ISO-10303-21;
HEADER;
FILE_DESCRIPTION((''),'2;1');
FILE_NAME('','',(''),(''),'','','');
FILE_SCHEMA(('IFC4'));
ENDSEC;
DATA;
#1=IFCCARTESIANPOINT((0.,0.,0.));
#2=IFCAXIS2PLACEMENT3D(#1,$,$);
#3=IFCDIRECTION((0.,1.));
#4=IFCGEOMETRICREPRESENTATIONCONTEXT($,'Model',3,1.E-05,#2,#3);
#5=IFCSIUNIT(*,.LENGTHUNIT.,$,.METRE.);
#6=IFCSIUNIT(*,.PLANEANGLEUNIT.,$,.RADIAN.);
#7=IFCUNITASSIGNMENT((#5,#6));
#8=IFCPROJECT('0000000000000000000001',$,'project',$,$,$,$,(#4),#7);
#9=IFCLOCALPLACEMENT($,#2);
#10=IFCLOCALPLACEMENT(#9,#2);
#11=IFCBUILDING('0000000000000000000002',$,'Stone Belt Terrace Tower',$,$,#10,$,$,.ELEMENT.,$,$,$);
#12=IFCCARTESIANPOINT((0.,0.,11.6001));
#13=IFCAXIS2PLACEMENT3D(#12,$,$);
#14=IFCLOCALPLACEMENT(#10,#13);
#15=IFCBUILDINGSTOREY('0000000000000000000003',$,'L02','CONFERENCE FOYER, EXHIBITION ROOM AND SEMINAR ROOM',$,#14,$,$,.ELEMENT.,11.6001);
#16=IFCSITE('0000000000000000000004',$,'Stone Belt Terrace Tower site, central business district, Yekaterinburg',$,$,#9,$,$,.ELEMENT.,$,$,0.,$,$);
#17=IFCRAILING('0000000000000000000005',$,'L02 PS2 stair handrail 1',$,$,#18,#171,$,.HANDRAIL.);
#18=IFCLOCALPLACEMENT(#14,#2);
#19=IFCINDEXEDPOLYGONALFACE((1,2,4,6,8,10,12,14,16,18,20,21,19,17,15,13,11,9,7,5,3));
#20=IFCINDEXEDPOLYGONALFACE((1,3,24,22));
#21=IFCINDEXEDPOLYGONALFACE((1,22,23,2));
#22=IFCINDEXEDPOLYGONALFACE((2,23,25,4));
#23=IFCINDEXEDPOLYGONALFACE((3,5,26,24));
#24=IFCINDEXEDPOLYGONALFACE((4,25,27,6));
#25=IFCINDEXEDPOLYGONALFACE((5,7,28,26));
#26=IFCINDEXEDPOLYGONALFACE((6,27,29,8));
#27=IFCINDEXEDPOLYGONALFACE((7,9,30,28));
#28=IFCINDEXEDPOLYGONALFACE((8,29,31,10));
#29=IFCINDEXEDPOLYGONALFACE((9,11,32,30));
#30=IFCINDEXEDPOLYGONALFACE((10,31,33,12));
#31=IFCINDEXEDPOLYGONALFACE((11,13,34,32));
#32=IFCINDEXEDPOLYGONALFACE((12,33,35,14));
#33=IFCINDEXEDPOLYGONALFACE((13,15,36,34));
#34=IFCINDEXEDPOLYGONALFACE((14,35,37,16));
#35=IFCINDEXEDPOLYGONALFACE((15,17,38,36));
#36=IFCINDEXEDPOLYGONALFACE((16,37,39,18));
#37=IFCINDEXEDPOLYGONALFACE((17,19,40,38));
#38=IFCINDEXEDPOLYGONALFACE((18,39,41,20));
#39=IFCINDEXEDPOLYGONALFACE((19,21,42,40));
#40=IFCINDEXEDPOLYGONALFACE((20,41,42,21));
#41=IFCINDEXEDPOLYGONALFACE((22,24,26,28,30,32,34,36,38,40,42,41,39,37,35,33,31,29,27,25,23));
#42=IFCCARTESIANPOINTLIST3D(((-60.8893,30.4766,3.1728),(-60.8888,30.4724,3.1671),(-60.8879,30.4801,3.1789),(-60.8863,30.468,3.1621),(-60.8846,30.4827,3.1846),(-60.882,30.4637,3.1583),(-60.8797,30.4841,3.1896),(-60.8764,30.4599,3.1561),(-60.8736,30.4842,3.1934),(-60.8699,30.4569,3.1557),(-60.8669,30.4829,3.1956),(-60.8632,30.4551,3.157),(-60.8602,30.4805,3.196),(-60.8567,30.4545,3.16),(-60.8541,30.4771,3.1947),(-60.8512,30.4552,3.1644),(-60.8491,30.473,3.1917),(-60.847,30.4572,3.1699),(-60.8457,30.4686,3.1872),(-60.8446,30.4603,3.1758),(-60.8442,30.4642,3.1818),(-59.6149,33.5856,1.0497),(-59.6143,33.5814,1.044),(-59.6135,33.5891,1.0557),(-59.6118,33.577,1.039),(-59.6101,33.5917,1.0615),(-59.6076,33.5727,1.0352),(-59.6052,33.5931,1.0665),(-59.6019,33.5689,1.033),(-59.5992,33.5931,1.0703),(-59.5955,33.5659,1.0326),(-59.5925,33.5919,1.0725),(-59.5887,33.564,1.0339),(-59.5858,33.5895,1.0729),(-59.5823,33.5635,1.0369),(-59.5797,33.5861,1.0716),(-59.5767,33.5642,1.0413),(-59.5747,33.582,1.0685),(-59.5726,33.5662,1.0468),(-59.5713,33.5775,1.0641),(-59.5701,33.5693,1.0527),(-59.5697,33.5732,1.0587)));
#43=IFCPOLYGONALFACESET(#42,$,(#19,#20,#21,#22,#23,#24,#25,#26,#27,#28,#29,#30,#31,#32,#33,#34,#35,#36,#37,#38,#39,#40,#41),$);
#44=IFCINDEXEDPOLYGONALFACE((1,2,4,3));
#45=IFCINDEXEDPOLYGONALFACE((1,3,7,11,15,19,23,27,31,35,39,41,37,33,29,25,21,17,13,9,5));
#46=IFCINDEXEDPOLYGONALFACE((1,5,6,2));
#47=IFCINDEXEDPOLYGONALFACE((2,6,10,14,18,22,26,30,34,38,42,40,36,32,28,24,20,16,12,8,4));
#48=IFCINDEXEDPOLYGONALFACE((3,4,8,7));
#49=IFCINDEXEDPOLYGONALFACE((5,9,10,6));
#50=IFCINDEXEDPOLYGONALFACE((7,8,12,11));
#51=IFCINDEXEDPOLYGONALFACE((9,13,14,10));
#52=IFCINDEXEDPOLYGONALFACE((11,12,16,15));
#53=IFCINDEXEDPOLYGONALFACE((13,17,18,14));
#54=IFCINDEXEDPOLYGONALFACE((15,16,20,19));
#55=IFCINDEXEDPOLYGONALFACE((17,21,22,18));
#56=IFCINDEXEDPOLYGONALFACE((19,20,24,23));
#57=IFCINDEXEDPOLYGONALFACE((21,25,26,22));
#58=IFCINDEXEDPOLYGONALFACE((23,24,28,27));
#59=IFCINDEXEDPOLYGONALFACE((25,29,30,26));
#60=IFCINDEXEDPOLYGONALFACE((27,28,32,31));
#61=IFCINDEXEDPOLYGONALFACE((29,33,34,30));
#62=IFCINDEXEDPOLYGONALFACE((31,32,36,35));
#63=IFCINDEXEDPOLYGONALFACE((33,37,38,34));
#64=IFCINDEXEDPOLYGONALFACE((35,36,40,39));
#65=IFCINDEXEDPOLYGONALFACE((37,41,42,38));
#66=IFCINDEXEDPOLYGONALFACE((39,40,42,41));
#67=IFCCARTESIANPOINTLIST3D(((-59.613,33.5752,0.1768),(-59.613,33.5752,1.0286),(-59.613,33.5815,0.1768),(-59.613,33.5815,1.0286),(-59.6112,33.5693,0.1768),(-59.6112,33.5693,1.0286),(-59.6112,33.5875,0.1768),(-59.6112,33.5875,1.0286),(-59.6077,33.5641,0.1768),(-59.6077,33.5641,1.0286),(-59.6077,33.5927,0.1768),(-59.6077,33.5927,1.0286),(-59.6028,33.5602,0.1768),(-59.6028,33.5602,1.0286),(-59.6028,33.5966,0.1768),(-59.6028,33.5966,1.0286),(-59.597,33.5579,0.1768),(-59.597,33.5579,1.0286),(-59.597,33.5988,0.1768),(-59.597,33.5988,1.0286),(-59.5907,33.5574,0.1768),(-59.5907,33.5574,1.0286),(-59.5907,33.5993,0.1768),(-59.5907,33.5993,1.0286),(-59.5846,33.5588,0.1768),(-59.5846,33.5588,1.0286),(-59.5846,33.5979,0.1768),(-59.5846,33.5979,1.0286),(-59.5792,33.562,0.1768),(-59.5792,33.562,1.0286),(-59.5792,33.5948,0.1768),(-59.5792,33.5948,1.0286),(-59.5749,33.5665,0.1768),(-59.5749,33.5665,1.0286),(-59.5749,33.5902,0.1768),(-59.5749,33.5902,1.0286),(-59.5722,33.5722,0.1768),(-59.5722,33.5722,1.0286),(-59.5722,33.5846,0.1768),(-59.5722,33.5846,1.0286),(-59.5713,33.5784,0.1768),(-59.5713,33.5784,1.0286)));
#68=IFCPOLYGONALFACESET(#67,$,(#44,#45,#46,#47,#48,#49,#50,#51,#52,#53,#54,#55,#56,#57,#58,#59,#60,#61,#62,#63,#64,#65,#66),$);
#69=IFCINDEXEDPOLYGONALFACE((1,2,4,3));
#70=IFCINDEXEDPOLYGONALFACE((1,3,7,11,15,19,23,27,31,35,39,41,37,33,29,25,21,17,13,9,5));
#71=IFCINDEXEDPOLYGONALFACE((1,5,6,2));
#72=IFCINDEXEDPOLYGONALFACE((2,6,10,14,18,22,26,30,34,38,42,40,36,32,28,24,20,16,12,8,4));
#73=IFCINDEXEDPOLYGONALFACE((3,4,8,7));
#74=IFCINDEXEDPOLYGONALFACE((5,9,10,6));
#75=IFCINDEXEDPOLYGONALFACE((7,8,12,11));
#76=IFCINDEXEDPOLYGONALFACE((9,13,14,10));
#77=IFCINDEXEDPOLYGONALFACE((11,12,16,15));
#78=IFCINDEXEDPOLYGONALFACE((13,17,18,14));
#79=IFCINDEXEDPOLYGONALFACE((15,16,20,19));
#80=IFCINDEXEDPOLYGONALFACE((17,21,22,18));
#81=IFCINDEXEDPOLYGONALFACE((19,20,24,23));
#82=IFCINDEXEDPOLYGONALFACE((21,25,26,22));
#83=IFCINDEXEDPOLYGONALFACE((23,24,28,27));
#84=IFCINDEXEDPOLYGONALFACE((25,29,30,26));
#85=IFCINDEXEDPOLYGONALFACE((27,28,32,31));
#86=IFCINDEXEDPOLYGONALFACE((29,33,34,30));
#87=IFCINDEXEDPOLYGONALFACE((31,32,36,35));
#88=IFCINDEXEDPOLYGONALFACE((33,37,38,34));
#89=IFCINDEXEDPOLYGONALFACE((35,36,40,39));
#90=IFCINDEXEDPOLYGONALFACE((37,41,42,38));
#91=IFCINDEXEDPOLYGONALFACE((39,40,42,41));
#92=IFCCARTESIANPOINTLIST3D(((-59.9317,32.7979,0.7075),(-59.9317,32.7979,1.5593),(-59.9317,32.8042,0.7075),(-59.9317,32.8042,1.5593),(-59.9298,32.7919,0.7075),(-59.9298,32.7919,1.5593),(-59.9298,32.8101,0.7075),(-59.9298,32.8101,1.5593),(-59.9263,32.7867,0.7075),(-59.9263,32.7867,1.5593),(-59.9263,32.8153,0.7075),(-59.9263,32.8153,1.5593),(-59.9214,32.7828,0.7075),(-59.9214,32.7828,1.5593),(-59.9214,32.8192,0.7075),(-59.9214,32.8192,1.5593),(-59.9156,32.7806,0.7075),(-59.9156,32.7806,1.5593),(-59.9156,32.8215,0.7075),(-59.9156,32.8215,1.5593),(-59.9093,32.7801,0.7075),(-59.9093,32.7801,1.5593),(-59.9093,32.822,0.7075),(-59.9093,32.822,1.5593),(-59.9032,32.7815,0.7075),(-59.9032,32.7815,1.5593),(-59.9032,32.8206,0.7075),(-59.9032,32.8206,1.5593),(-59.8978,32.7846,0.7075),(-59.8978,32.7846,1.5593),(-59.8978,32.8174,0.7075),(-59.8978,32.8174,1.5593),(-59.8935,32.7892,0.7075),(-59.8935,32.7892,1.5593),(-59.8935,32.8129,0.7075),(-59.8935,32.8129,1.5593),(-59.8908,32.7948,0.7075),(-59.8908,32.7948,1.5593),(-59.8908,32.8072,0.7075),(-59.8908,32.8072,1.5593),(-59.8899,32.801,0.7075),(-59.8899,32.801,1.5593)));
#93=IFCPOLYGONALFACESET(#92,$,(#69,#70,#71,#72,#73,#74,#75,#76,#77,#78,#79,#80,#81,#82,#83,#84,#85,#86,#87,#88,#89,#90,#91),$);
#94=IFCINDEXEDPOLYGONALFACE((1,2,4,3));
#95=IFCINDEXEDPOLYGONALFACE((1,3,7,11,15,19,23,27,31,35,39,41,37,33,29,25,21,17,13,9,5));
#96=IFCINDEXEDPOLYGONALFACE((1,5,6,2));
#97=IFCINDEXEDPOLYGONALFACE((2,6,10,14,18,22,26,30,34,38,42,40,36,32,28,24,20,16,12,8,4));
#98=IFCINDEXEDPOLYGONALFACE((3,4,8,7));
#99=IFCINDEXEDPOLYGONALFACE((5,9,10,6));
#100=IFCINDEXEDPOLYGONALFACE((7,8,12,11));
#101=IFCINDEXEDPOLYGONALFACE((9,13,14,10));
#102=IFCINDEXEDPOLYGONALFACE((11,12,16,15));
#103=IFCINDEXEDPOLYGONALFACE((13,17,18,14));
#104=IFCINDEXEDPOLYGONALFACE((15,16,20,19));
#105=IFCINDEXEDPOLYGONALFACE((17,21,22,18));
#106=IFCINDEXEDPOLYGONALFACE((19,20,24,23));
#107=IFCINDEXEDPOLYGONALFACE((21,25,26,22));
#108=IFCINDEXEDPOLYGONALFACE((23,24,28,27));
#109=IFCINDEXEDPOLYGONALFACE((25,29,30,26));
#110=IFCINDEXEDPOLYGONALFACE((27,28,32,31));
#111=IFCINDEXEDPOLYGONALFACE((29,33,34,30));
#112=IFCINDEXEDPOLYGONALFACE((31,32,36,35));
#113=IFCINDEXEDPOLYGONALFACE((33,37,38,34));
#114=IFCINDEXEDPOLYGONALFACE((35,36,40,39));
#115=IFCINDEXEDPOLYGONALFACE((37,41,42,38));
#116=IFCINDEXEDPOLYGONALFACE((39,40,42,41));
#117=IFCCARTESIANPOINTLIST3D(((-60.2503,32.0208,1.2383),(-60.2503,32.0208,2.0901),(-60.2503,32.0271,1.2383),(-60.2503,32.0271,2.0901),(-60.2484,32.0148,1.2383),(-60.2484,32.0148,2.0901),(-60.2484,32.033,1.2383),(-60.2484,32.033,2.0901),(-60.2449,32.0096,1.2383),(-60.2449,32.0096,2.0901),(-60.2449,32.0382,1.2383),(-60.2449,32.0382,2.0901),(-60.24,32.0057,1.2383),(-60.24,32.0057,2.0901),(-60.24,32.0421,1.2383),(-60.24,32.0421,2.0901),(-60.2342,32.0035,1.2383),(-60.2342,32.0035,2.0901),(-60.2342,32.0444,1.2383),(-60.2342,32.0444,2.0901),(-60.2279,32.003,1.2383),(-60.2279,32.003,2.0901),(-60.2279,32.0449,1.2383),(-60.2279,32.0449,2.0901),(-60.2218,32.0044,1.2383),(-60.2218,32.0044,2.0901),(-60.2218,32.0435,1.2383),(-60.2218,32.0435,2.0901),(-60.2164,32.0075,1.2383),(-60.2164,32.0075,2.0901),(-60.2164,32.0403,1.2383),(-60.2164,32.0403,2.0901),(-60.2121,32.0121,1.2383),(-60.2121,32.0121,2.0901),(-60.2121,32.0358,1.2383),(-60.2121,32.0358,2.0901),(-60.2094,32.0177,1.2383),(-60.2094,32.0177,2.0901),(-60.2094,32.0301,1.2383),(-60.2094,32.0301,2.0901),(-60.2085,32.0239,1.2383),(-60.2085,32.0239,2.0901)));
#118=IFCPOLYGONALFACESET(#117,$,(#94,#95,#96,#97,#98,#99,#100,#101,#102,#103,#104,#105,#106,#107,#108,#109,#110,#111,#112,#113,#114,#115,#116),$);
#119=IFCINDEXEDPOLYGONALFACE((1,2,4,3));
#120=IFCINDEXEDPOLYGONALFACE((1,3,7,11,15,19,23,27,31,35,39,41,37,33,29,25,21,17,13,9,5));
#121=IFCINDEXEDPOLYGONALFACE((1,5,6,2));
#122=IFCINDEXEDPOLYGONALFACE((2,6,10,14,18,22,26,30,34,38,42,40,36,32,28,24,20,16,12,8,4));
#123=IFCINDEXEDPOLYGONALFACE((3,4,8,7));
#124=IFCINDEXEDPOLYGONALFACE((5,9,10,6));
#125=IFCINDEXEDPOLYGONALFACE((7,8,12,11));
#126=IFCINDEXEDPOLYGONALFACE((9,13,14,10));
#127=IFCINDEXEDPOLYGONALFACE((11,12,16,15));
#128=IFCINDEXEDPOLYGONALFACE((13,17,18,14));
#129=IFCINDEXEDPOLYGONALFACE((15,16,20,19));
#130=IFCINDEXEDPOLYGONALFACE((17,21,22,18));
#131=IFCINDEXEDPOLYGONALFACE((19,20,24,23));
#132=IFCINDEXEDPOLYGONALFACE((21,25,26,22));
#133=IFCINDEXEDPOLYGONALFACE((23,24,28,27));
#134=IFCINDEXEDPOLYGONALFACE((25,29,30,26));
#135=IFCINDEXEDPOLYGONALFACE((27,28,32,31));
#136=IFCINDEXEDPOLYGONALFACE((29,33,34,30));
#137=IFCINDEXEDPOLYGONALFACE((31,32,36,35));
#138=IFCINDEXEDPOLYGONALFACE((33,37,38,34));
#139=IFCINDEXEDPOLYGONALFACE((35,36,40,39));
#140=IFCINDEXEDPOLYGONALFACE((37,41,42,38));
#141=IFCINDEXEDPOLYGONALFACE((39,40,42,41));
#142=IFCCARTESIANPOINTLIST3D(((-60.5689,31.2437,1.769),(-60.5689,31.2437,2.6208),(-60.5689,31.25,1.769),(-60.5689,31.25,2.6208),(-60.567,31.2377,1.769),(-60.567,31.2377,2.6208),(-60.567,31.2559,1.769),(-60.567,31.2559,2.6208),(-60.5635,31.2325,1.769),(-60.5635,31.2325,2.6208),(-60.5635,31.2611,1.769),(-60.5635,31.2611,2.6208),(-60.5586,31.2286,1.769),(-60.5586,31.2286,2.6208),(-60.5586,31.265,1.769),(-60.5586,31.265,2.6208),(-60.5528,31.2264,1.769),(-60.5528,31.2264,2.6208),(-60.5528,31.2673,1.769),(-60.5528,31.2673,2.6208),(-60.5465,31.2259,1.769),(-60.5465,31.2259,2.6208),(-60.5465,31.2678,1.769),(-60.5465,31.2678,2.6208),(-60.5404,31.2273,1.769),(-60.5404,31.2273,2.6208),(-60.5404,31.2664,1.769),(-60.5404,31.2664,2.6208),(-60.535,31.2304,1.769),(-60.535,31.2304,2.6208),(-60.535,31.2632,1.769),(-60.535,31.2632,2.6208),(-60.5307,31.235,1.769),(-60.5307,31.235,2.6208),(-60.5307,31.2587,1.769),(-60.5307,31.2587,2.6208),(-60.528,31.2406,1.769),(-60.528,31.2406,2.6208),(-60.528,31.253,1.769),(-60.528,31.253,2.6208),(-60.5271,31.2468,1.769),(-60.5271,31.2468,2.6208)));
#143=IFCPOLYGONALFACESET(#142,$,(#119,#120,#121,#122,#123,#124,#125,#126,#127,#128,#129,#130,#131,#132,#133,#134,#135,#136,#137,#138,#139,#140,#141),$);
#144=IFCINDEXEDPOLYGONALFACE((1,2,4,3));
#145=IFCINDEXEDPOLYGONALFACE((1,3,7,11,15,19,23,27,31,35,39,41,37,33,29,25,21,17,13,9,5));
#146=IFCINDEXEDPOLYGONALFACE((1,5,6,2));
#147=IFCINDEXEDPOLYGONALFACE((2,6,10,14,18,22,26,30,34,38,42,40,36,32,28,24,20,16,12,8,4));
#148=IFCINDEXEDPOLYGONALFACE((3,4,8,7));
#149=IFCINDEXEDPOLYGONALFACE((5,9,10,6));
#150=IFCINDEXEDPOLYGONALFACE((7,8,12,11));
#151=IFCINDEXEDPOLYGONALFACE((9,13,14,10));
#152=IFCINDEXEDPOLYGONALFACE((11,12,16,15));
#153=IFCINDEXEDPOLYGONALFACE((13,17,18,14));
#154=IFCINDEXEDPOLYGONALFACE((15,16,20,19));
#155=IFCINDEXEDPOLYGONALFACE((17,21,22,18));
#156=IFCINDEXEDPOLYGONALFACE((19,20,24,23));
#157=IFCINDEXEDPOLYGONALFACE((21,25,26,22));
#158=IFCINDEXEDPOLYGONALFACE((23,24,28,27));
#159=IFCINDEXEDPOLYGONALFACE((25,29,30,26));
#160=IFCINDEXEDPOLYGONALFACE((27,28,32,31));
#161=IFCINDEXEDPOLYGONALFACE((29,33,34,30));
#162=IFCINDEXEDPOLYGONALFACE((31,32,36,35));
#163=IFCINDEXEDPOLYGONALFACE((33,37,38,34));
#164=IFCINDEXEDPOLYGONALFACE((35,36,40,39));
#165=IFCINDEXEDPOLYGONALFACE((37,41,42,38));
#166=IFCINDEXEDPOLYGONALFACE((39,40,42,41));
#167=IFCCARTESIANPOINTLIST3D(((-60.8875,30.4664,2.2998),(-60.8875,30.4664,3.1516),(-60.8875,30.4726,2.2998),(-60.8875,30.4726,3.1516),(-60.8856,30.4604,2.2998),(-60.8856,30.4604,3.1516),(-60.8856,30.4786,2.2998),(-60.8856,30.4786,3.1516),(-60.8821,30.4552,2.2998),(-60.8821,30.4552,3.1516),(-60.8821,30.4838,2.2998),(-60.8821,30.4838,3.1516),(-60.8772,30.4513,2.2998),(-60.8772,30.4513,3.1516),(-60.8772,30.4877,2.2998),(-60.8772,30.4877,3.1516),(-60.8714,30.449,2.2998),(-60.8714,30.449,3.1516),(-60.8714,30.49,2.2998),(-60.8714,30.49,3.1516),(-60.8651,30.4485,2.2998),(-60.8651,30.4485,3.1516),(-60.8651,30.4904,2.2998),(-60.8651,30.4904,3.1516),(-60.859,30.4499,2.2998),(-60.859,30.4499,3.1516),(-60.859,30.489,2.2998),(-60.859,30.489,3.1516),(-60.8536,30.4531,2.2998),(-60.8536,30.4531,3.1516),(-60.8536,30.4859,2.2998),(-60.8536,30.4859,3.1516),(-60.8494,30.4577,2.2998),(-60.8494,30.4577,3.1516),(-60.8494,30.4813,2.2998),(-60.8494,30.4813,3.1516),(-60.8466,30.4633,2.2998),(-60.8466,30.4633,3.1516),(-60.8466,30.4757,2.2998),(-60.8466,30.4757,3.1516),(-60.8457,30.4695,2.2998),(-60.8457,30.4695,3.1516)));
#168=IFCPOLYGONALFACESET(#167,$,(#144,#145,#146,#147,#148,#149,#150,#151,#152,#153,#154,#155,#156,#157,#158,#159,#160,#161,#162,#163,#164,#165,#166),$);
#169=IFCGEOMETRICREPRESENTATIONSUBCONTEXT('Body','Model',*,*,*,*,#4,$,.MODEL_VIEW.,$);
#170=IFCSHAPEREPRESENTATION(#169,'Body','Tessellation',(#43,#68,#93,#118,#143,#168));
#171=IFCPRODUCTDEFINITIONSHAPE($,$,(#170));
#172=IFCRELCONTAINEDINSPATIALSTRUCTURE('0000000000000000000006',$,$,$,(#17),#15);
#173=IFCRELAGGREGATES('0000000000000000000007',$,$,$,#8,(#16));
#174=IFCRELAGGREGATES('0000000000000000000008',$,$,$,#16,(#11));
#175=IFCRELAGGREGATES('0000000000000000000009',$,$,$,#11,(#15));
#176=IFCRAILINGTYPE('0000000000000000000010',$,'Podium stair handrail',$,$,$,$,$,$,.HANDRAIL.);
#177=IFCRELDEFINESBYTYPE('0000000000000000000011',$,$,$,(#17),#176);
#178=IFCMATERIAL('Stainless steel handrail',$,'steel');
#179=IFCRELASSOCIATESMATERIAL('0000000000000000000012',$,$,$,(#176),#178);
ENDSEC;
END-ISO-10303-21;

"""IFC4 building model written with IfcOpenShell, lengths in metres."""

from ifc_helpers import new_model, si_unit, direction, frame, origin, origin_2d, place, context, subcontext, project, spatial, circle, extrude, material, type_object, element, save


model = new_model("IFC4")

# Units and contexts
model_context = context("Model", 3, precision=1e-05, world=origin(), true_north=direction((0.0, 1.0)))
body_context = subcontext(model_context, "Body", "Model", "MODEL_VIEW")
ifc_project = project(units=[si_unit("LENGTHUNIT", "METRE"), si_unit("PLANEANGLEUNIT", "RADIAN")], contexts=[model_context])

# Site, building, storey
site_placement = place(None, origin())
site = spatial("IfcSite", under=ifc_project, at=site_placement, Name="Stone Belt Terrace Tower site, central business district, Yekaterinburg", CompositionType="ELEMENT", RefElevation=0.0)
building_placement = place(site_placement, origin())
building = spatial("IfcBuilding", under=site, at=building_placement, Name="Stone Belt Terrace Tower", CompositionType="ELEMENT")
storey_placement = place(building_placement, frame((0.0, 0.0, 11.6001)))
storey = spatial("IfcBuildingStorey", under=building, at=storey_placement, Name="L02", Description="CONFERENCE FOYER, EXHIBITION ROOM AND SEMINAR ROOM", CompositionType="ELEMENT", Elevation=11.6001)

# Railing
ifc_material_1 = material(Name="Stainless steel handrail", Category="steel")
railing_type_1 = type_object("IfcRailingType", Name="Podium stair handrail", PredefinedType="HANDRAIL", material=ifc_material_1)
railing_1_placement = place(storey_placement, frame((-59.5923, 33.5784, 0.1768)))
element("IfcRailing", 1, at=railing_1_placement, inside=storey, type_object=railing_type_1, Name="L02 PS2 stair handrail 1", PredefinedType="HANDRAIL", context=body_context, shape_type="SweptSolid", body=[
    extrude(circle(Radius=0.0239, at=origin_2d()), frame((0.0, 0.0, 0.876), z_axis=(-0.320648, -0.782209, 0.534167), x_axis=(0.925276, -0.379295, 0.0)), (0.0, 0.0, 1.0), 3.9746),
    extrude(circle(Radius=0.021, at=origin_2d()), origin(), (0.0, 0.0, 1.0), 0.8518),
    extrude(circle(Radius=0.021, at=origin_2d()), frame((-0.3186, -0.7773, 0.5308)), (0.0, 0.0, 1.0), 0.8518),
    extrude(circle(Radius=0.021, at=origin_2d()), frame((-0.6372, -1.5544, 1.0615)), (0.0, 0.0, 1.0), 0.8518),
    extrude(circle(Radius=0.021, at=origin_2d()), frame((-0.9558, -2.3315, 1.5923)), (0.0, 0.0, 1.0), 0.8518),
    extrude(circle(Radius=0.021, at=origin_2d()), frame((-1.2744, -3.1089, 2.123)), (0.0, 0.0, 1.0), 0.8518),
])

save(model, "model.ifc")
